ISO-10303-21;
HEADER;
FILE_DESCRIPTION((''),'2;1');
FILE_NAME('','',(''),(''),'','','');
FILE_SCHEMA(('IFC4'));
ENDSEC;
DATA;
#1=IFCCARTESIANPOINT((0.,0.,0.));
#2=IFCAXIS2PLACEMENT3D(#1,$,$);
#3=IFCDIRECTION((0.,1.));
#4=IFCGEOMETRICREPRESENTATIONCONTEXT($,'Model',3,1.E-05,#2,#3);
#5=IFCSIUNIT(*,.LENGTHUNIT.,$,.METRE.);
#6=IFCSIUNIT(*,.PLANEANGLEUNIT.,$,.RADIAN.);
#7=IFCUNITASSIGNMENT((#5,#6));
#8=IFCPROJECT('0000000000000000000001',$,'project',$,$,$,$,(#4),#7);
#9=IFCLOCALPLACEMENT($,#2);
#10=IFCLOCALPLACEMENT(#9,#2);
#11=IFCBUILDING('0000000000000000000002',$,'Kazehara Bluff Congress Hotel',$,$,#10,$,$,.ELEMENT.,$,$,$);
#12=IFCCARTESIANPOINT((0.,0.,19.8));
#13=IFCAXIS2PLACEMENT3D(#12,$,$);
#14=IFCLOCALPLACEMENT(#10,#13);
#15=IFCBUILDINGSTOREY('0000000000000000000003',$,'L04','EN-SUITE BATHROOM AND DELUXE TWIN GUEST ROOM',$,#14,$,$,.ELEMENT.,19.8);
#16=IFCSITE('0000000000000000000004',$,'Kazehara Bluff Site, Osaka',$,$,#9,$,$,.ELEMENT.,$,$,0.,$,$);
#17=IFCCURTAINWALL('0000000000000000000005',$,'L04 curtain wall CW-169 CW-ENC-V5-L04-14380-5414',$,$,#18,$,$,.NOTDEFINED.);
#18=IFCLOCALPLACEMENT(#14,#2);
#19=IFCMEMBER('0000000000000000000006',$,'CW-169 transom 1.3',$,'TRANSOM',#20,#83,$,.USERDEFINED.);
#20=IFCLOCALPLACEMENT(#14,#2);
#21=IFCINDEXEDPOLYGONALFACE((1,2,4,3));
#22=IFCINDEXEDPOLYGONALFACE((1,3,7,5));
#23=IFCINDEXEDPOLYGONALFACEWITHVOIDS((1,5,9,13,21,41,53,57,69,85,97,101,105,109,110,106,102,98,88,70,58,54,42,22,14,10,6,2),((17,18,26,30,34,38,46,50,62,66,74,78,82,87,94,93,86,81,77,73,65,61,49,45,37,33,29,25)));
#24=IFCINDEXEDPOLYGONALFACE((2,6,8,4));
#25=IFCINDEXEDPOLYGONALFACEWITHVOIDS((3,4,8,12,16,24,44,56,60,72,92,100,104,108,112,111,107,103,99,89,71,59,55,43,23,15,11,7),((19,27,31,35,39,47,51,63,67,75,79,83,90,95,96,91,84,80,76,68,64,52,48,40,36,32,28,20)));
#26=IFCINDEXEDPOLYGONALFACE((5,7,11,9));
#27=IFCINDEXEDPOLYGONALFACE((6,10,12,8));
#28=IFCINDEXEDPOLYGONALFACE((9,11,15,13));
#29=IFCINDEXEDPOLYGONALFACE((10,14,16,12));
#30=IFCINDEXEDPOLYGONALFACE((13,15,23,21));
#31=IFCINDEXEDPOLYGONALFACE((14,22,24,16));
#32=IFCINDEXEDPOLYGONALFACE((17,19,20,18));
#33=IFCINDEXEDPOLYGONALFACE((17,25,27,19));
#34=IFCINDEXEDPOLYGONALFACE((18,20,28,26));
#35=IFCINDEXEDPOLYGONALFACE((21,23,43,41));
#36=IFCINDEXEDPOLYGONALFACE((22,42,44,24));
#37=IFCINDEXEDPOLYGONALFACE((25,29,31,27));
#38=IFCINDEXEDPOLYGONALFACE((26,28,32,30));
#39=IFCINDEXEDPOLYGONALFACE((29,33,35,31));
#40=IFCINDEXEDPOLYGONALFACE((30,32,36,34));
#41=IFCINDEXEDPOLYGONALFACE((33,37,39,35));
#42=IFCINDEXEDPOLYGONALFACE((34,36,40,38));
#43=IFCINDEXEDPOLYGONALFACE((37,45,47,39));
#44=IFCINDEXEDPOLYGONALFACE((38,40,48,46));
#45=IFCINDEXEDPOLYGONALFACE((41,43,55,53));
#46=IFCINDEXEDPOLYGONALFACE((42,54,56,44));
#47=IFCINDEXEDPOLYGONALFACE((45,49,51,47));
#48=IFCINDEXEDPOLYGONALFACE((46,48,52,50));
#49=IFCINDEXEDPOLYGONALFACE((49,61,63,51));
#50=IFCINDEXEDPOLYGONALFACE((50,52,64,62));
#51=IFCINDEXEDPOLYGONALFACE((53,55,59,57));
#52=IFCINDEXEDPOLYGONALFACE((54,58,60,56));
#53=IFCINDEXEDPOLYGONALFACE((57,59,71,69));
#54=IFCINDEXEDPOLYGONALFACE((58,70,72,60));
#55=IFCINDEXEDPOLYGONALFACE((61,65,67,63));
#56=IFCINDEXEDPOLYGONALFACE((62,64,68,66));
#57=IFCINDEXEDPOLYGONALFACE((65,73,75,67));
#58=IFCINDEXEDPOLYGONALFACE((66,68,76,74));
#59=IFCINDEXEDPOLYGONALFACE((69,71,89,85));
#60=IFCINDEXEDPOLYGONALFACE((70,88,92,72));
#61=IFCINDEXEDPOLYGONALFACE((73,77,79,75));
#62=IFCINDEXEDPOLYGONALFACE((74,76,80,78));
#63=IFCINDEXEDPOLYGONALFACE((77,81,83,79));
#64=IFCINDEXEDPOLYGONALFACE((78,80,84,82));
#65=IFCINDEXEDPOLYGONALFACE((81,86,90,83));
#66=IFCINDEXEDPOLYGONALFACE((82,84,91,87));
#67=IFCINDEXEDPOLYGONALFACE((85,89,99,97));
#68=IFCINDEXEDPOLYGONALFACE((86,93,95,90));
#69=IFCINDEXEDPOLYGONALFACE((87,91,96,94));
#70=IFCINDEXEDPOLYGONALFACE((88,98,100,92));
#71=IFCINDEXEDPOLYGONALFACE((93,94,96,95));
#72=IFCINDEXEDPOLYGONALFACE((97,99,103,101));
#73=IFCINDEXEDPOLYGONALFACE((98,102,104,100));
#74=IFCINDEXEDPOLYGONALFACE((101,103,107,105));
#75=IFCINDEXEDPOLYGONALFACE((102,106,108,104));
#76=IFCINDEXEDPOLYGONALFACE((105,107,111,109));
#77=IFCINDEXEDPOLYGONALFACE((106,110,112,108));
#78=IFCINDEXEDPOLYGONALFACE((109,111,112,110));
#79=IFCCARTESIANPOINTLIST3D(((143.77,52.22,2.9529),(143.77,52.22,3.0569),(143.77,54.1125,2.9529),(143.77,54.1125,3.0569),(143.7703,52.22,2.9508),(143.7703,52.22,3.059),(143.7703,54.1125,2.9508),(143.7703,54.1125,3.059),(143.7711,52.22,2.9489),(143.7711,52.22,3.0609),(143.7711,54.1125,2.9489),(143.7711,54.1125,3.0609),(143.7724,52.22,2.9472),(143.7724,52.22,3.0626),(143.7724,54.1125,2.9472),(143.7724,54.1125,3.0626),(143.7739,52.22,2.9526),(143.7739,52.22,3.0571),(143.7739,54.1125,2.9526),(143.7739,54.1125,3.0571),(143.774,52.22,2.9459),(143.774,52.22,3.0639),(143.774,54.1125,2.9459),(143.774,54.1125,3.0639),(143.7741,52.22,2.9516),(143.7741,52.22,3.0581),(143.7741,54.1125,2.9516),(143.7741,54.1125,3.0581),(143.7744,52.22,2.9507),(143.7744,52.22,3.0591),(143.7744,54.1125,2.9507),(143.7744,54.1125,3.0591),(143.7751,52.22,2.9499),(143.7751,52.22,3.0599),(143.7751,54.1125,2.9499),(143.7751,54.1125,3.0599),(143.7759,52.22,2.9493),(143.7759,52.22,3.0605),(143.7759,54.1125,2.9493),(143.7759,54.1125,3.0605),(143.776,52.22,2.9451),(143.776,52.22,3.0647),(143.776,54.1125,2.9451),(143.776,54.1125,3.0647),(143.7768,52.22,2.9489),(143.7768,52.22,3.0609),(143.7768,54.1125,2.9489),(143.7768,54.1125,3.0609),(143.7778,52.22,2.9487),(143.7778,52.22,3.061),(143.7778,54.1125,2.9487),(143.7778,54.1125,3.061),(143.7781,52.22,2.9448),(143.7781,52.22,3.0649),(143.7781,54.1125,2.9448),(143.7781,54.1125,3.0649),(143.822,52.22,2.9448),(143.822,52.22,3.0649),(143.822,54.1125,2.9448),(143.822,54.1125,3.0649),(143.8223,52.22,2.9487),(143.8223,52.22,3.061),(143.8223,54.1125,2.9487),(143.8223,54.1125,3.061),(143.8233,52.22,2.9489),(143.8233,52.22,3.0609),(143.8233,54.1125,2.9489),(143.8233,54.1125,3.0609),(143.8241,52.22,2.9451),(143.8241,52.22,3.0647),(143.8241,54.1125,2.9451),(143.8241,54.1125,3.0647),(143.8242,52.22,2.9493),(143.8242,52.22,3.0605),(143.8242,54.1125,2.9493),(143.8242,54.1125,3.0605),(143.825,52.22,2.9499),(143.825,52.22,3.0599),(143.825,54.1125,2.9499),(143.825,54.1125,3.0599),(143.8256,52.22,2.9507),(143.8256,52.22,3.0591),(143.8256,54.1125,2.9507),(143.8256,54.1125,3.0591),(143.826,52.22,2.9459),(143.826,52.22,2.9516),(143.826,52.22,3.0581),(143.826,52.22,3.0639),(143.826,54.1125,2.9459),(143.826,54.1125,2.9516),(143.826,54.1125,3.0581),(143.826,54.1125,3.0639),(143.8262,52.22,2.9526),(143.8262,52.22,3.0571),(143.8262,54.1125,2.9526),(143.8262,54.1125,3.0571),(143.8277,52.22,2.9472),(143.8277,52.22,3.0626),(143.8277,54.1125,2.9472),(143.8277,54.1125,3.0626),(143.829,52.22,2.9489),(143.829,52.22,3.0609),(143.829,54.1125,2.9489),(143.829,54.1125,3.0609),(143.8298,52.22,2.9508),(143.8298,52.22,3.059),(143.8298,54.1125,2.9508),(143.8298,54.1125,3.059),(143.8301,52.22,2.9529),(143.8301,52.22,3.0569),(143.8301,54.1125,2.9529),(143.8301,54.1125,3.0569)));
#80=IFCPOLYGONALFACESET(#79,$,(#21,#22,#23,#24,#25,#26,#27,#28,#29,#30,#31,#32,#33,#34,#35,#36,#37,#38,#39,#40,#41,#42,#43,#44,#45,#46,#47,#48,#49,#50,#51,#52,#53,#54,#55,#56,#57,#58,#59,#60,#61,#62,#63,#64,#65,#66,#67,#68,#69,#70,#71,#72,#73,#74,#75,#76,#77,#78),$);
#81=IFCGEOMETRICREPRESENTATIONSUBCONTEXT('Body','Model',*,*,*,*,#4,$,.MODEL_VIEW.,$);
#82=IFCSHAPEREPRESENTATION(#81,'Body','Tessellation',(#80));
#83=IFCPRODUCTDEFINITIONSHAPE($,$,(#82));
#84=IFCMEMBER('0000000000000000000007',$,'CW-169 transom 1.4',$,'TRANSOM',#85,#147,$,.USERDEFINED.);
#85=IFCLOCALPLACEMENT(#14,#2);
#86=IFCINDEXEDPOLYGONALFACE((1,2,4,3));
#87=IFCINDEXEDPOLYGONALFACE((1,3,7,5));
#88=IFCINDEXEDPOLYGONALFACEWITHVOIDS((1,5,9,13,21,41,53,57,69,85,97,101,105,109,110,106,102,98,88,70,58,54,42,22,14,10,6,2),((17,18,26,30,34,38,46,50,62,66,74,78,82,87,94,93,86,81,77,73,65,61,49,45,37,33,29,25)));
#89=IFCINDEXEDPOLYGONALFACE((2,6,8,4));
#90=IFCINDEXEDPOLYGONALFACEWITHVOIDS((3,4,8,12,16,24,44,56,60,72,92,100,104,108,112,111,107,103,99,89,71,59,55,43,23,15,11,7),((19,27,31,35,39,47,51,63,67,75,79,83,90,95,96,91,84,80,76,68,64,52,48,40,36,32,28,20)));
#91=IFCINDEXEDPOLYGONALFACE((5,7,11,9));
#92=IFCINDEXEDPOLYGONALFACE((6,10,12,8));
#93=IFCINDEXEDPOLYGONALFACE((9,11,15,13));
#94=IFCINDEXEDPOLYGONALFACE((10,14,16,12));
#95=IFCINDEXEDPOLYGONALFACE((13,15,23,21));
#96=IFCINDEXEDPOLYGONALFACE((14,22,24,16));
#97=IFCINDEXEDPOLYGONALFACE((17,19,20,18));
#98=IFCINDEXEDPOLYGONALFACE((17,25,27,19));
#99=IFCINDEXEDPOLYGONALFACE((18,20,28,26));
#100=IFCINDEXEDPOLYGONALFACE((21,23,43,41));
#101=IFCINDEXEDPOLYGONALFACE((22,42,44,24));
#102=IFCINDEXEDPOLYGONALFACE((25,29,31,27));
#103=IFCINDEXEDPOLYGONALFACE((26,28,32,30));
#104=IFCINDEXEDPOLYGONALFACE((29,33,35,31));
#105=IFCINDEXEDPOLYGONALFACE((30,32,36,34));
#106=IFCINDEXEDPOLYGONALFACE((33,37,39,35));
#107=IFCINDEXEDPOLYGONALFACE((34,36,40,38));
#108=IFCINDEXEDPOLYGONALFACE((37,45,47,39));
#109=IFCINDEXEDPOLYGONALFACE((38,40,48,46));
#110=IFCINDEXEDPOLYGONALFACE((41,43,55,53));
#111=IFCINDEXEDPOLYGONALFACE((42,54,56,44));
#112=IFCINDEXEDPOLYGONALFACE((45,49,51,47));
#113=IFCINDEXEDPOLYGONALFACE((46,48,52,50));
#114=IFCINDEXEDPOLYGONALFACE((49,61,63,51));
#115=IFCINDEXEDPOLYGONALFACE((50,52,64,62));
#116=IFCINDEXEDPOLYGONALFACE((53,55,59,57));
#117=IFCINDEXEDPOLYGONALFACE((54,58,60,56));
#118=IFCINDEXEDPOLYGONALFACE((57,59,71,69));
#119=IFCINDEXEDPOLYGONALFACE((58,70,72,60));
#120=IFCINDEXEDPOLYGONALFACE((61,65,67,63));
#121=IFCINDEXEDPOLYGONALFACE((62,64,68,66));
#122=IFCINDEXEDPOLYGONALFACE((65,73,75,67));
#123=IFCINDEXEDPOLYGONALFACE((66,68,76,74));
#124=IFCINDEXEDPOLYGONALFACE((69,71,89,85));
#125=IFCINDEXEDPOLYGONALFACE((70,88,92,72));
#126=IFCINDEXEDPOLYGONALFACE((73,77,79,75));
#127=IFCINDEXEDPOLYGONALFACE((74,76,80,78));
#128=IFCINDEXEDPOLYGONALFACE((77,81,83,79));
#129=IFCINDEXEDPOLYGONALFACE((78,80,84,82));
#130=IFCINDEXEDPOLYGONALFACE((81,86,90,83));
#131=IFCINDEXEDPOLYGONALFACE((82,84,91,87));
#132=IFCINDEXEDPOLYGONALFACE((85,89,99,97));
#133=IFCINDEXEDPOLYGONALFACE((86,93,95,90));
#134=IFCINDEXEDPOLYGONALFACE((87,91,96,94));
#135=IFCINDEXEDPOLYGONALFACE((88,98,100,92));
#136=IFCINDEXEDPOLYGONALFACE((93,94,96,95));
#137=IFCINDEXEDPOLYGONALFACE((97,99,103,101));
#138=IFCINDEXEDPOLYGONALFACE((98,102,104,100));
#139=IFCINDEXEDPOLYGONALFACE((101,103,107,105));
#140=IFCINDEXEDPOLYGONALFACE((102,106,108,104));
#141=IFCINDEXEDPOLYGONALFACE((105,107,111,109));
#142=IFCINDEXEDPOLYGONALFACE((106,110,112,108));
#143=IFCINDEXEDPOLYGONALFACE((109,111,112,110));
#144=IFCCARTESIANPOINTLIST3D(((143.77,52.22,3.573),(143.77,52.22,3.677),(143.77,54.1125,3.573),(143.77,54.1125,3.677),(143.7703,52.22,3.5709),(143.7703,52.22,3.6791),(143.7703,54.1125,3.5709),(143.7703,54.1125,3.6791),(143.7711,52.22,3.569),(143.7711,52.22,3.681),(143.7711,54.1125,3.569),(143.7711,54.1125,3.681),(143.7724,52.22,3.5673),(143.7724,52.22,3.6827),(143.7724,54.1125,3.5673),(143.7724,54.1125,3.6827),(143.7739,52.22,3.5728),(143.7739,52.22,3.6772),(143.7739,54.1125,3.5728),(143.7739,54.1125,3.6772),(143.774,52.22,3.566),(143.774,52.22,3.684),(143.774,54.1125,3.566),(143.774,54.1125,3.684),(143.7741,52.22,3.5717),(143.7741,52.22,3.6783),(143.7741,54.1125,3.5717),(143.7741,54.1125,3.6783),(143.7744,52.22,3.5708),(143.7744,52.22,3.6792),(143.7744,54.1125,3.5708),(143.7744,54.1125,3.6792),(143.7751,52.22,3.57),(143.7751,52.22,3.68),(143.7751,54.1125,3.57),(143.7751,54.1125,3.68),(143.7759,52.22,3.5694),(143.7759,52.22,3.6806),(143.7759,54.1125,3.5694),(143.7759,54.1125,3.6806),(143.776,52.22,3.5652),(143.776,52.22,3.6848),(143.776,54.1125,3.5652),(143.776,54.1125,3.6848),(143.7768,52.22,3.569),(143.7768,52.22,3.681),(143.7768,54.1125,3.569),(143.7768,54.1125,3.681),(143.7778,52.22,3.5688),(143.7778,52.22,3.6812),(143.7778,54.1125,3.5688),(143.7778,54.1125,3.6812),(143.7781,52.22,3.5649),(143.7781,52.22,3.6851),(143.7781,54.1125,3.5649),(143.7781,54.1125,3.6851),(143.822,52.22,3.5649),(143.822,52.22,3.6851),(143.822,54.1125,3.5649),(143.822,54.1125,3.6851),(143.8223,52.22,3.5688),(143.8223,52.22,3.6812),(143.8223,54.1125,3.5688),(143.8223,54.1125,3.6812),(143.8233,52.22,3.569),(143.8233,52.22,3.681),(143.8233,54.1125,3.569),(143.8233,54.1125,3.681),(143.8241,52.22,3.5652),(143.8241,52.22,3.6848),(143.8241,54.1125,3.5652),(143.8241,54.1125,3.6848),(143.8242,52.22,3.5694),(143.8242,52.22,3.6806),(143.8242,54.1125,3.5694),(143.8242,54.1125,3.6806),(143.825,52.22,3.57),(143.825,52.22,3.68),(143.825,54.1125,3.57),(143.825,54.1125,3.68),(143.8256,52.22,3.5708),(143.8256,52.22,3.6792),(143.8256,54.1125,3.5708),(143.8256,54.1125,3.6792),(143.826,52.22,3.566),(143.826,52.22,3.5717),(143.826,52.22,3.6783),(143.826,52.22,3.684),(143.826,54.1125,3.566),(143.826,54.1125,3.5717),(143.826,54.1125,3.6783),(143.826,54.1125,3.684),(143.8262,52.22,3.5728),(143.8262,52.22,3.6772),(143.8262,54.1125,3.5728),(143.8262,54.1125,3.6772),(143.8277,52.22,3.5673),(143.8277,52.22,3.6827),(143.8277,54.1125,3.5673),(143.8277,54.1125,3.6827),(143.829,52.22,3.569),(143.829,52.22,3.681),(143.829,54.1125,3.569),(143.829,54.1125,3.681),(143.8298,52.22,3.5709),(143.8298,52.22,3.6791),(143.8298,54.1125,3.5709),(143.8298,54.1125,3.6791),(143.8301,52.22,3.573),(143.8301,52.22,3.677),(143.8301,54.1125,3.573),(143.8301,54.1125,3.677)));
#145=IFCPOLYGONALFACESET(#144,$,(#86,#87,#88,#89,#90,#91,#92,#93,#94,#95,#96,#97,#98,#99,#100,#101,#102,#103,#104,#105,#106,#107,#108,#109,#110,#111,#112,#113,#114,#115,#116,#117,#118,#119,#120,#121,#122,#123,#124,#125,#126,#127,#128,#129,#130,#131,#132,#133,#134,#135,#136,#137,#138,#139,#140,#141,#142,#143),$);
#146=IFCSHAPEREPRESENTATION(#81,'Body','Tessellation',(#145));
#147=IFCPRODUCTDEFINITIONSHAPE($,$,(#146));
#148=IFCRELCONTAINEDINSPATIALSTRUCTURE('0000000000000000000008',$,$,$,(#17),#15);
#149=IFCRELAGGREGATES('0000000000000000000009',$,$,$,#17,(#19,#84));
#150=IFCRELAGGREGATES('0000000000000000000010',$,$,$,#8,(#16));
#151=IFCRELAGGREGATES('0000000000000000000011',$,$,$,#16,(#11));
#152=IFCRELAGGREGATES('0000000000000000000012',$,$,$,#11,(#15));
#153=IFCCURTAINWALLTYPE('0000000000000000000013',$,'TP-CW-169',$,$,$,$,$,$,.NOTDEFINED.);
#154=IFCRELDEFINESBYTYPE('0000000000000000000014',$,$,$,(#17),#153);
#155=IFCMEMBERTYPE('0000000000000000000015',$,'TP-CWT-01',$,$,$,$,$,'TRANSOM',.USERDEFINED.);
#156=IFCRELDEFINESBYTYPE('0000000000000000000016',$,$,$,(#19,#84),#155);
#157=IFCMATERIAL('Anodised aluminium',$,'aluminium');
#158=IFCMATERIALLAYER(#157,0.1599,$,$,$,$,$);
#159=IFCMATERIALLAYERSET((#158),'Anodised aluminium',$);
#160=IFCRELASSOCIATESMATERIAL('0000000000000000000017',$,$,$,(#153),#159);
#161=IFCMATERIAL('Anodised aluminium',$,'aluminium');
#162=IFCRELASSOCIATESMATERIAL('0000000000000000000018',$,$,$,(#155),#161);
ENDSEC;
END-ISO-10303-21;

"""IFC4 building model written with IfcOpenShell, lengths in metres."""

from ifc_helpers import new_model, si_unit, direction, frame, origin, origin_2d, place, context, subcontext, project, spatial, hollow_rectangle, extrude, material, layer, layer_set, material_profile, profile_set, type_object, element, aggregate, save


model = new_model("IFC4")

# Units and contexts
model_context = context("Model", 3, precision=1e-05, world=origin(), true_north=direction((0.0, 1.0)))
body_context = subcontext(model_context, "Body", "Model", "MODEL_VIEW")
ifc_project = project(units=[si_unit("LENGTHUNIT", "METRE"), si_unit("PLANEANGLEUNIT", "RADIAN")], contexts=[model_context])

# Site, building, storey
site_placement = place(None, origin())
site = spatial("IfcSite", under=ifc_project, at=site_placement, Name="Kazehara Bluff Site, Osaka", CompositionType="ELEMENT", RefElevation=0.0)
building_placement = place(site_placement, origin())
building = spatial("IfcBuilding", under=site, at=building_placement, Name="Kazehara Bluff Congress Hotel", CompositionType="ELEMENT")
storey_placement = place(building_placement, frame((0.0, 0.0, 19.8)))
storey = spatial("IfcBuildingStorey", under=building, at=storey_placement, Name="L04", Description="EN-SUITE BATHROOM AND DELUXE TWIN GUEST ROOM", CompositionType="ELEMENT", Elevation=19.8)

# Curtain wall
ifc_material_1 = material(Name="Anodised aluminium", Category="aluminium")
ifc_layer_1 = layer(ifc_material_1, 0.1599)
ifc_layer_set_1 = layer_set([ifc_layer_1], Name="Anodised aluminium")
curtain_wall_type_1 = type_object("IfcCurtainWallType", Name="TP-CW-169", PredefinedType="NOTDEFINED", material=ifc_layer_set_1)
curtain_wall_1_placement = place(storey_placement, origin())
curtain_wall_1 = element("IfcCurtainWall", 1, at=curtain_wall_1_placement, inside=storey, type_object=curtain_wall_type_1, Name="L04 curtain wall CW-169 CW-ENC-V5-L04-14380-5414", PredefinedType="NOTDEFINED")

# Members
ifc_material_2 = material(Name="Anodised aluminium", Category="aluminium")
ifc_material_profile_1 = material_profile(ifc_material_2, hollow_rectangle(XDim=0.0601, YDim=0.1201, WallThickness=0.0039, InnerFilletRadius=0.0039, OuterFilletRadius=0.0081, at=origin_2d()))
ifc_profile_set_1 = profile_set([ifc_material_profile_1], Name="Anodised aluminium")
member_type_1 = type_object("IfcMemberType", Name="TP-CWT-01", ElementType="TRANSOM", PredefinedType="USERDEFINED", material=ifc_profile_set_1)
member_1_placement = place(storey_placement, frame((143.8, 52.22, 3.0049), z_axis=(0.0, 1.0, 0.0), x_axis=(-1.0, 0.0, 0.0)))
member_1 = element("IfcMember", 2, at=member_1_placement, type_object=member_type_1, Name="CW-169 transom 1.3", ObjectType="TRANSOM", PredefinedType="USERDEFINED", context=body_context, shape_type="SweptSolid", body=[
    extrude(hollow_rectangle(XDim=0.0601, YDim=0.1201, WallThickness=0.0039, InnerFilletRadius=0.0039, OuterFilletRadius=0.0081, at=origin_2d()), origin(), (0.0, 0.0, 1.0), 1.8926),
])
member_2_placement = place(storey_placement, frame((143.8, 52.22, 3.625), z_axis=(0.0, 1.0, 0.0), x_axis=(-1.0, 0.0, 0.0)))
member_2 = element("IfcMember", 3, at=member_2_placement, type_object=member_type_1, Name="CW-169 transom 1.4", ObjectType="TRANSOM", PredefinedType="USERDEFINED", context=body_context, shape_type="SweptSolid", body=[
    extrude(hollow_rectangle(XDim=0.0601, YDim=0.1201, WallThickness=0.0039, InnerFilletRadius=0.0039, OuterFilletRadius=0.0081, at=origin_2d()), origin(), (0.0, 0.0, 1.0), 1.8926),
])

aggregate(curtain_wall_1, [member_1, member_2])

save(model, "model.ifc")
